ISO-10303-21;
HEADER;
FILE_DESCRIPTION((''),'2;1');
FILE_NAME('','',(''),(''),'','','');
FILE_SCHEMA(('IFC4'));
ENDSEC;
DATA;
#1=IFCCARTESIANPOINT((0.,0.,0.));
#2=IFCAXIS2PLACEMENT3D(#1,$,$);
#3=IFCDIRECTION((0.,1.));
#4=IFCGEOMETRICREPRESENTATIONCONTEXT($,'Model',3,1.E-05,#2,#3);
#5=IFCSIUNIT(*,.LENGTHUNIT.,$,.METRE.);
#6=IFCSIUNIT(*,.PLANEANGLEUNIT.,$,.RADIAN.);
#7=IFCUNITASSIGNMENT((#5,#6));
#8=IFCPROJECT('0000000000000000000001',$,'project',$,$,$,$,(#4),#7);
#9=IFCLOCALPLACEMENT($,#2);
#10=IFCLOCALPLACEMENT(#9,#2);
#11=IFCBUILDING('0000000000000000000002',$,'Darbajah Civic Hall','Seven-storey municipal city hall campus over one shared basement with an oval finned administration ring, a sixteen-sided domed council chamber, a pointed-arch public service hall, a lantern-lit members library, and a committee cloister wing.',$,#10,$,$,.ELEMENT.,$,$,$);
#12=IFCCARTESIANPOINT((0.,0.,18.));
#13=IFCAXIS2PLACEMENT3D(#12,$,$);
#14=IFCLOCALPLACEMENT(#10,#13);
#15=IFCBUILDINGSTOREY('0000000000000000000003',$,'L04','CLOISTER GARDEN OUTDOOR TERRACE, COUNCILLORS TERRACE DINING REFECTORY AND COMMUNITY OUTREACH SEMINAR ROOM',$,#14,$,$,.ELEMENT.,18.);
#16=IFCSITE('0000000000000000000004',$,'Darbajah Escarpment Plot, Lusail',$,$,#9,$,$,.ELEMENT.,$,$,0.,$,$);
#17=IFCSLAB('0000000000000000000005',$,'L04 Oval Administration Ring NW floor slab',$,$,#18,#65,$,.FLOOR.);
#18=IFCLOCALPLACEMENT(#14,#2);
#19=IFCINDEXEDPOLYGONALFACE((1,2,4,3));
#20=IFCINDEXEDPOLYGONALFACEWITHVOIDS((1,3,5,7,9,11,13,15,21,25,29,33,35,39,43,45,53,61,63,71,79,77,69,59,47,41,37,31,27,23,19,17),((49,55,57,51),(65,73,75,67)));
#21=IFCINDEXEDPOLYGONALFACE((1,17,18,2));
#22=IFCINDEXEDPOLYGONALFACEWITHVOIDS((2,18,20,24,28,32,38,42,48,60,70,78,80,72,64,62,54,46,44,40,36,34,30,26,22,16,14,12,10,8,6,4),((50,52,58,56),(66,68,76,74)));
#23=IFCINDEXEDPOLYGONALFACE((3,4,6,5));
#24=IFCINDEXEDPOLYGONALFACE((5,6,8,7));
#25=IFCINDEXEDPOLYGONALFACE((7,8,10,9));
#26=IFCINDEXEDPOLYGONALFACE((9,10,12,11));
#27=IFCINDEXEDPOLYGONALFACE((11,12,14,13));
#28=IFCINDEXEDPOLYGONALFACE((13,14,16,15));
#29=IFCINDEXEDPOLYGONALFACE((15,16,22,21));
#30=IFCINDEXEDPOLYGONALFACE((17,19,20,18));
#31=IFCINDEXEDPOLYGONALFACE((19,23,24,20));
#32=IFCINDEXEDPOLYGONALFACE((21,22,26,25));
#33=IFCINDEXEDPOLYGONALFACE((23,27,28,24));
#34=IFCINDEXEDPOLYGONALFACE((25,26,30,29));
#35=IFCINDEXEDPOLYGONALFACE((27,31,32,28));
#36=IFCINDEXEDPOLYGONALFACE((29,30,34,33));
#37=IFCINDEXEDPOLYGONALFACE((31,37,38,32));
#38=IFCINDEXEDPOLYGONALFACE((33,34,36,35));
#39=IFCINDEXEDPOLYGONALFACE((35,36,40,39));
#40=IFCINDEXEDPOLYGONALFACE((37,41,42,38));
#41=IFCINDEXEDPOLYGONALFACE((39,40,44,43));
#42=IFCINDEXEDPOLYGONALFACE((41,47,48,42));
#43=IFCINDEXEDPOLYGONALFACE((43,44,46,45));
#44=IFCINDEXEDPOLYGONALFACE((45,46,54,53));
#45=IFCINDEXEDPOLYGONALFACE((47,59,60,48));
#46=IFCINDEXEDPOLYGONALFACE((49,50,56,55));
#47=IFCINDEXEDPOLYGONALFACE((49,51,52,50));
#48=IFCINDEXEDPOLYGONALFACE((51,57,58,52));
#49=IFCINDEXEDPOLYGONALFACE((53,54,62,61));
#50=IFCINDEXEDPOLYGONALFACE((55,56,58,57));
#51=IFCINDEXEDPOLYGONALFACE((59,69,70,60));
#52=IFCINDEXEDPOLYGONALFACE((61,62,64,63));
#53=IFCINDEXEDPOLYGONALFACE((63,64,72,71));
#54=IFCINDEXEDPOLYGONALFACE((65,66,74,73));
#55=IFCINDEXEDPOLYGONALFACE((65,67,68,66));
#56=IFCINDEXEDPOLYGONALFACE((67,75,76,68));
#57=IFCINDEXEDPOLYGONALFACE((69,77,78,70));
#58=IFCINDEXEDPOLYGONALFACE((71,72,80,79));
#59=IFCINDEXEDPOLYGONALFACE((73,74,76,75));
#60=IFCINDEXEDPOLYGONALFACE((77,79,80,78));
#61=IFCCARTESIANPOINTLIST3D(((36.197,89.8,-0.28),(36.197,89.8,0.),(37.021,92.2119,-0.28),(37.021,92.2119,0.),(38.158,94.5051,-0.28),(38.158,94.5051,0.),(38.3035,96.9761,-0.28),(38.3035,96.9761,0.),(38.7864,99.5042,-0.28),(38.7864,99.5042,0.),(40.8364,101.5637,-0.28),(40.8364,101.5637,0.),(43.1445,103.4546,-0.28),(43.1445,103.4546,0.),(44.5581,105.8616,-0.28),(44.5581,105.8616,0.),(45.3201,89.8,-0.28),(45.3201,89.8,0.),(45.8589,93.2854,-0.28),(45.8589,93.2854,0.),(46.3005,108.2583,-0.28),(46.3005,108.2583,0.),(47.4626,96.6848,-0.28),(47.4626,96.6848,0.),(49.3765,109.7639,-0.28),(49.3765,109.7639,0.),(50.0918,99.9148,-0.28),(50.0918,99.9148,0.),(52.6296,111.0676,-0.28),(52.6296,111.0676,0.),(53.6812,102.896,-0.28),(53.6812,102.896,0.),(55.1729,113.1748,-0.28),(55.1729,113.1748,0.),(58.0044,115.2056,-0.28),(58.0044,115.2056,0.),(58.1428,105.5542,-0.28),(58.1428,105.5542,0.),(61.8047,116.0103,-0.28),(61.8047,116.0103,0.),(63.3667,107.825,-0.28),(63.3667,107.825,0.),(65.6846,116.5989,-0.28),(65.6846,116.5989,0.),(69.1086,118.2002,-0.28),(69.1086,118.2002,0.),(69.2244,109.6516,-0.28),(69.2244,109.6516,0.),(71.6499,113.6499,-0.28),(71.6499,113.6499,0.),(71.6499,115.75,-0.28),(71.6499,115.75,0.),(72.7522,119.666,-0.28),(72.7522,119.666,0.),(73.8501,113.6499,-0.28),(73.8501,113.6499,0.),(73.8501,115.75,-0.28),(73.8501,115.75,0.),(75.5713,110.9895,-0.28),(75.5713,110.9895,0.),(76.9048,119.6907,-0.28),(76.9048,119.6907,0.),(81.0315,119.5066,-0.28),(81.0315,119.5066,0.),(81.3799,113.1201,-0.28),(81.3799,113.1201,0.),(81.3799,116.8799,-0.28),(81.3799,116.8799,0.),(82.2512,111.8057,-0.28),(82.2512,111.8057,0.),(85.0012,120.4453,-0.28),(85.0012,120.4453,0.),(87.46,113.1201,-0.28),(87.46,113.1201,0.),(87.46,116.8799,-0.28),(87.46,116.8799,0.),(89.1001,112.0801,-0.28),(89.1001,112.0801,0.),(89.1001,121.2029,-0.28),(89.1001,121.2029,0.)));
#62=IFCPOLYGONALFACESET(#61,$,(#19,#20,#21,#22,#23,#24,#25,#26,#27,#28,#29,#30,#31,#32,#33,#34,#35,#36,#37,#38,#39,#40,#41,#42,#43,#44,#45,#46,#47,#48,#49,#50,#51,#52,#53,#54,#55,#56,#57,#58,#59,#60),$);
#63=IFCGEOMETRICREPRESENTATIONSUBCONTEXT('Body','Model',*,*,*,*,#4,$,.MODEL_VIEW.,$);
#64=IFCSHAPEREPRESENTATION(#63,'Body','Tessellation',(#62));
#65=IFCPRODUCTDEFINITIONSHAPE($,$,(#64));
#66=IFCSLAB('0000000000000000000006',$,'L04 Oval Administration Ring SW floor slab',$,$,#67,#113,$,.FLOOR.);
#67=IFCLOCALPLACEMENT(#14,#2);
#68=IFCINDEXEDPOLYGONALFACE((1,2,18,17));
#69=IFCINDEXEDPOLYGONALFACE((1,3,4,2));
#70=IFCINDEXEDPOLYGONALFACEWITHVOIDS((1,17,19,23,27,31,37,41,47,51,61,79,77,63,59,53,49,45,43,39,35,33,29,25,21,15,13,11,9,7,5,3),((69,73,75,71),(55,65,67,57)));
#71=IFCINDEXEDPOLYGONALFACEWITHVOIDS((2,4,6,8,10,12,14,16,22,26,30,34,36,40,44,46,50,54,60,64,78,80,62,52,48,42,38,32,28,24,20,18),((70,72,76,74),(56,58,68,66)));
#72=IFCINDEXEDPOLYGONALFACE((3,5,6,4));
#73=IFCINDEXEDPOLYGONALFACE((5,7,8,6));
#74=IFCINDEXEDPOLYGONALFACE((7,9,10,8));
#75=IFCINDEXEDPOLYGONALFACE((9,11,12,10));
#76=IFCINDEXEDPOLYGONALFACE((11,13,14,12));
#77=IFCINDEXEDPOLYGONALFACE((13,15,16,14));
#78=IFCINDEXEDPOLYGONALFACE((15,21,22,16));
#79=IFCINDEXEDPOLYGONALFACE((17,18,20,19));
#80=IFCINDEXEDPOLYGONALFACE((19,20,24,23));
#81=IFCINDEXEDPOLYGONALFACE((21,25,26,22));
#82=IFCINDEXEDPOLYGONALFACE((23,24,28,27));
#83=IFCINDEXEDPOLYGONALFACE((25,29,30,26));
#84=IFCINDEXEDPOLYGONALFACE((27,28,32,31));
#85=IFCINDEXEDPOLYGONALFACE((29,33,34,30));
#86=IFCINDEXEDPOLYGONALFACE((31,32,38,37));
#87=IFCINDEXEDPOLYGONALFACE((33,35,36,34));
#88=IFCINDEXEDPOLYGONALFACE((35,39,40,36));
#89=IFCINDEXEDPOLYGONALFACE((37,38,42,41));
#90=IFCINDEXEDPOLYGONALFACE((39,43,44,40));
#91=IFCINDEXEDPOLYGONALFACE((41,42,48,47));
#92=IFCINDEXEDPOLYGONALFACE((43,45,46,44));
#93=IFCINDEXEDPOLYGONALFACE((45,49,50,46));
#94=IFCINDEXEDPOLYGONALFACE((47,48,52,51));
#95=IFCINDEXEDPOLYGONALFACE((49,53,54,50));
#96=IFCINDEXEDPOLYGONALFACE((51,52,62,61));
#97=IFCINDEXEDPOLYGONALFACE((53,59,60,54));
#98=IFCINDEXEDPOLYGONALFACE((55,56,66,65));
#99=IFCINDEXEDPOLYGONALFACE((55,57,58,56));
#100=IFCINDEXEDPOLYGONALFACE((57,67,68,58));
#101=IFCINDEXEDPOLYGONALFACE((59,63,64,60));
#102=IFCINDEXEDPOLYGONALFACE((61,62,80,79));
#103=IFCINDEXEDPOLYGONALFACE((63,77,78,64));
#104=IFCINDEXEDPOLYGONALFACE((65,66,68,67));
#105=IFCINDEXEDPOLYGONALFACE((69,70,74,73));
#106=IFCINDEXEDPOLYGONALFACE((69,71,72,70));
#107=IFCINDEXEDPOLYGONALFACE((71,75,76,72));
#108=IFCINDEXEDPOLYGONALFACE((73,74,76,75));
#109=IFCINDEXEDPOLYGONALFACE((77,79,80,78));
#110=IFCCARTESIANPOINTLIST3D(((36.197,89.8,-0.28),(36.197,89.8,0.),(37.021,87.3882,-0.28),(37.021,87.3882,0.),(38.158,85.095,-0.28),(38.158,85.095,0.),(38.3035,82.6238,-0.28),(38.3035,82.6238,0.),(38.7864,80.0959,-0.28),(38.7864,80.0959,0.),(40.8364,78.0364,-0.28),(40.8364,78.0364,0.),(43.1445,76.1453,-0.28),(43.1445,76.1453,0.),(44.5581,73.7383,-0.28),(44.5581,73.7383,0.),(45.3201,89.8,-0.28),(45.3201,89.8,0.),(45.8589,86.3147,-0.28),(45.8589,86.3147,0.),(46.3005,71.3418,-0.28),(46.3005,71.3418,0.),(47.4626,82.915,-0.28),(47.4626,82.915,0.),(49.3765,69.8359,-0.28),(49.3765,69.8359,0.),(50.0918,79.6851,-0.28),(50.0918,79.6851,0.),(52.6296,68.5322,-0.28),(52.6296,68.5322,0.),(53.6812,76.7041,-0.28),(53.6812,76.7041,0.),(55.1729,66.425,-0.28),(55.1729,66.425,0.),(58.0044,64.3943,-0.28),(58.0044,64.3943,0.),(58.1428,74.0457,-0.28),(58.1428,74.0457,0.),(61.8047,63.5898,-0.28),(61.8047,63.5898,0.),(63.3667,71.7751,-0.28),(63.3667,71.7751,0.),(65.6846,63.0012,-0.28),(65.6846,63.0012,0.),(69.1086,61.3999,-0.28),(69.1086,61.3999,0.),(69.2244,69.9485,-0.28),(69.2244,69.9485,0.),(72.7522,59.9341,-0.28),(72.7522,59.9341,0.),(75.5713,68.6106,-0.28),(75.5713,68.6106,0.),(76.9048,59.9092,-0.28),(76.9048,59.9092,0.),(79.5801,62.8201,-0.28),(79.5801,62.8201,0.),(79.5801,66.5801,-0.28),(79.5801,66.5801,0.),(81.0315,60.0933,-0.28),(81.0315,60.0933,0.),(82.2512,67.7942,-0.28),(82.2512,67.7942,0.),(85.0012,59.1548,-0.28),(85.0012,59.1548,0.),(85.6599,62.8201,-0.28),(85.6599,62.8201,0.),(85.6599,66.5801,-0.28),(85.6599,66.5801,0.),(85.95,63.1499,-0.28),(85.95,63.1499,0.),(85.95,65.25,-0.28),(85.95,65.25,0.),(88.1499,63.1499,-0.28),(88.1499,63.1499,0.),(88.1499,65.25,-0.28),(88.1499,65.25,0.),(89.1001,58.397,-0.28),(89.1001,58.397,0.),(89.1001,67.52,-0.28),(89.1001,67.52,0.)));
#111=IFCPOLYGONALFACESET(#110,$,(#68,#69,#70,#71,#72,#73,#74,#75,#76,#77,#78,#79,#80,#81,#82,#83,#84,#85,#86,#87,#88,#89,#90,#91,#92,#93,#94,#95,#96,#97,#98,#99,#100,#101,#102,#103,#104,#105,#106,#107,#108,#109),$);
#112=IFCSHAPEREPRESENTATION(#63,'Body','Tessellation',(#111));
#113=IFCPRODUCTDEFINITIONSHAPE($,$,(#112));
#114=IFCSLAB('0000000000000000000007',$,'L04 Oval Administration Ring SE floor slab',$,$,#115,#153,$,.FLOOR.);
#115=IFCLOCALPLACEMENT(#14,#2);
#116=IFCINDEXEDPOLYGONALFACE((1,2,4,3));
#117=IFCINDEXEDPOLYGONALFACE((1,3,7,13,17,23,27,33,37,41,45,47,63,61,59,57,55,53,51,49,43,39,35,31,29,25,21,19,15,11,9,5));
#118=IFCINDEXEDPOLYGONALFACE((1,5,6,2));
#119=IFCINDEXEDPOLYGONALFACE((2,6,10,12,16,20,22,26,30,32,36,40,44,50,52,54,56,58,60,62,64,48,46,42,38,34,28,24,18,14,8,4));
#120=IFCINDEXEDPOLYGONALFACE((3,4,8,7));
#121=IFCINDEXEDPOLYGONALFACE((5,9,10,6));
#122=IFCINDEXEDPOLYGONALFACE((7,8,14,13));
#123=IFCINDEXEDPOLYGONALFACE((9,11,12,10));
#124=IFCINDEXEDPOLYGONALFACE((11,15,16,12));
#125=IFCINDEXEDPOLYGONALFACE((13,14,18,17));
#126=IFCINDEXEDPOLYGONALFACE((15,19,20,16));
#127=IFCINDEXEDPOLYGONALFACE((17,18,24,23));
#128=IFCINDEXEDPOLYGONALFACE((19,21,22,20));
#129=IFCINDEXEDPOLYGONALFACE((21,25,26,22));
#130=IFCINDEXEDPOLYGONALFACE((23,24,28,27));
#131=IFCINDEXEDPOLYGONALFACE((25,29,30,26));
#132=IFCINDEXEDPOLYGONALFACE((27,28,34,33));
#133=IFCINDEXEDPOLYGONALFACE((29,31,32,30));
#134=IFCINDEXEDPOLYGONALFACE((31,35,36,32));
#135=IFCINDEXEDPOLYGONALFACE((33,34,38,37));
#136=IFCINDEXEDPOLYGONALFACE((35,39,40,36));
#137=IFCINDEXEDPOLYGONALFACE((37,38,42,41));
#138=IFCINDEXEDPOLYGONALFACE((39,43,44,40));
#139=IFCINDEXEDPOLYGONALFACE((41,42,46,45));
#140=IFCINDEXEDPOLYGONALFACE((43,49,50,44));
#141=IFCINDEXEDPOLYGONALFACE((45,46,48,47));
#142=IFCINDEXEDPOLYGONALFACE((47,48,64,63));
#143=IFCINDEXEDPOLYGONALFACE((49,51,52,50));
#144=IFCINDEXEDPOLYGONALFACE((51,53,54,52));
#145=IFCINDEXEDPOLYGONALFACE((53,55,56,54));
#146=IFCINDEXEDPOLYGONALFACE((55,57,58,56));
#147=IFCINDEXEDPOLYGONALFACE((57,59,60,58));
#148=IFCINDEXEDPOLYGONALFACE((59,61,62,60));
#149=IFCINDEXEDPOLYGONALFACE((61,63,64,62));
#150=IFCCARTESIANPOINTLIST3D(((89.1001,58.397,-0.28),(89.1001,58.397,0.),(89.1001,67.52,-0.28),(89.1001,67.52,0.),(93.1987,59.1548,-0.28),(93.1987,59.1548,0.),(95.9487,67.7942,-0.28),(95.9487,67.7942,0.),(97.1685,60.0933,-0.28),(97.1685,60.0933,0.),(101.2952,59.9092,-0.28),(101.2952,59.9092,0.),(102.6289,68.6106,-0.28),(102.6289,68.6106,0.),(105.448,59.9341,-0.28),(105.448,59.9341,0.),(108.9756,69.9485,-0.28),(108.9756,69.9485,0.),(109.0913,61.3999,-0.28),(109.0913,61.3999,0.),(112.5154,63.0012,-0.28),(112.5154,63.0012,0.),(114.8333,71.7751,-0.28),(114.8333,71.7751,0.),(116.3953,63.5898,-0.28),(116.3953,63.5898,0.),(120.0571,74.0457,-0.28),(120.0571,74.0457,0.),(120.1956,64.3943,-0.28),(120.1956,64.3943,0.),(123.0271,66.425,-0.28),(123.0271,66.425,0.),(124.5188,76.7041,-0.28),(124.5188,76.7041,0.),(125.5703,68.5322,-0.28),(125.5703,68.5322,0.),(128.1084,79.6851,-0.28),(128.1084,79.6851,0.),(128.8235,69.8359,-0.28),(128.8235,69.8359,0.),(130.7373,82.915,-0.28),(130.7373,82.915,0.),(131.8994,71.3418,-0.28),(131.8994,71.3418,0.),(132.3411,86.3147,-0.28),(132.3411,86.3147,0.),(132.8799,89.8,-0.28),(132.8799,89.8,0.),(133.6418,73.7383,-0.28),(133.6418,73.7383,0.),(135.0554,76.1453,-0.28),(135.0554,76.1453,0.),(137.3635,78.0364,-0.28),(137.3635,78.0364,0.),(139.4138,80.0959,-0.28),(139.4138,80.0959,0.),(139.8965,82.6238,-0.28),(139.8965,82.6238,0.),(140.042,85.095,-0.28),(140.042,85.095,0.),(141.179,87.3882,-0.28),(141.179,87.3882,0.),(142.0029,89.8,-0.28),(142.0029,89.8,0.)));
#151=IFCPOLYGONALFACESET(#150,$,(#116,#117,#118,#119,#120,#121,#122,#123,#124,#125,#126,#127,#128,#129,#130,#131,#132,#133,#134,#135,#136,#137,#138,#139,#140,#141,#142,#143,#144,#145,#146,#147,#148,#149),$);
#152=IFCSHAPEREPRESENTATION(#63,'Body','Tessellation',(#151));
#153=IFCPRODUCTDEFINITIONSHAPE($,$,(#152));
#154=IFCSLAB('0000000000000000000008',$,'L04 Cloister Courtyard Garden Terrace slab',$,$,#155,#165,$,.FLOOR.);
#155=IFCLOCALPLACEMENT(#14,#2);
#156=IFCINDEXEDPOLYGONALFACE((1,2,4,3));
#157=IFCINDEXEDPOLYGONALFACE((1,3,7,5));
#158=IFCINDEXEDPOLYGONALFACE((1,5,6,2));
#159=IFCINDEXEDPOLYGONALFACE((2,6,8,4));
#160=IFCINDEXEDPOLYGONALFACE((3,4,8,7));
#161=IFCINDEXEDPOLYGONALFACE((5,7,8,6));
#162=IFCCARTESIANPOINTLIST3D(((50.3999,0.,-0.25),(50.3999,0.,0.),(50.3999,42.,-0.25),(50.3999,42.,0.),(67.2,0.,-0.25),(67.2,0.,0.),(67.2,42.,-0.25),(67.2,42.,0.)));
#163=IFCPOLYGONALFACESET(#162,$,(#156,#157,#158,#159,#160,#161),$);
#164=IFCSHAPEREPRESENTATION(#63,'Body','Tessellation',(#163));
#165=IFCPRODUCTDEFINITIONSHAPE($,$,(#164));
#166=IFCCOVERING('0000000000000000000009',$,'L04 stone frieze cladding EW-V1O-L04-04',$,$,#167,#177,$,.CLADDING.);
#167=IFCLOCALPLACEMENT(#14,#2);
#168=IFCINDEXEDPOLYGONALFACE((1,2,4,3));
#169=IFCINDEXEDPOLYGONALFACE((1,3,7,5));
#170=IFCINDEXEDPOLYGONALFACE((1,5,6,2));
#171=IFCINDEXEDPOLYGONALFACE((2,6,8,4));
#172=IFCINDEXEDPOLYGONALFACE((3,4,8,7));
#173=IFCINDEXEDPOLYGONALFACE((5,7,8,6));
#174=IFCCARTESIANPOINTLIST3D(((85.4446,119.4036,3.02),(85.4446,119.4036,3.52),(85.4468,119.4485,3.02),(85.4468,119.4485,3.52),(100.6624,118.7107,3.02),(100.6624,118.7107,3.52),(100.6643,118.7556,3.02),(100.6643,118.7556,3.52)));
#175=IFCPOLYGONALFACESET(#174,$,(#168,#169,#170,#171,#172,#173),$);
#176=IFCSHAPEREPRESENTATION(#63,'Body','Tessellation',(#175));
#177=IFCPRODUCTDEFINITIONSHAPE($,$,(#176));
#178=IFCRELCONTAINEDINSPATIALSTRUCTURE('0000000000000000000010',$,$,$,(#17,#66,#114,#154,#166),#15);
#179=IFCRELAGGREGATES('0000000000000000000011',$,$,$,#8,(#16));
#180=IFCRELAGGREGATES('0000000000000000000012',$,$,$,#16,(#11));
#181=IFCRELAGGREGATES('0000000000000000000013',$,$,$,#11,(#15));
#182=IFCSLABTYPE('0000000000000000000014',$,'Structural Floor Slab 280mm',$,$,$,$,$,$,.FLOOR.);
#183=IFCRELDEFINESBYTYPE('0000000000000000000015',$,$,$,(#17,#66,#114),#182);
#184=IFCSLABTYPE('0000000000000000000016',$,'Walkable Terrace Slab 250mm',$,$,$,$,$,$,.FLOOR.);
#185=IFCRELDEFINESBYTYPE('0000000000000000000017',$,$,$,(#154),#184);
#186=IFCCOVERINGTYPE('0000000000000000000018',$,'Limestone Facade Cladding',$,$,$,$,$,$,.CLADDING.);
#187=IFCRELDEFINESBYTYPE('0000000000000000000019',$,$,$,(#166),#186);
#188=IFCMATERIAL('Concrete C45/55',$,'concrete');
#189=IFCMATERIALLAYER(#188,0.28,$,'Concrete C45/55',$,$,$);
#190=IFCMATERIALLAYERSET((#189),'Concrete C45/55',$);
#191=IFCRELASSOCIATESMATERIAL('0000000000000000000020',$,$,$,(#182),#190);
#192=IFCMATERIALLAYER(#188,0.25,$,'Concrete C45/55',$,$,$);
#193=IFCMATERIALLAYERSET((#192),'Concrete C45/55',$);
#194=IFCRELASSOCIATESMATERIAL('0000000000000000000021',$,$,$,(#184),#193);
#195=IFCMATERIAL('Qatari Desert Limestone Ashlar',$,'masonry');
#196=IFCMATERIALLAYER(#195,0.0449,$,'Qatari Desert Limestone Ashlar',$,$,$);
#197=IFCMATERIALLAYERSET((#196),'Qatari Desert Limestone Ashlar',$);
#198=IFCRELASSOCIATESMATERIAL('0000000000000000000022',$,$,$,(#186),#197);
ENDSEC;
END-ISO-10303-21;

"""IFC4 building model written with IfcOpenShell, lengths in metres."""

from ifc_helpers import new_model, si_unit, direction, frame, origin, place, context, subcontext, project, spatial, polyline, outline, extrude, material, layer, layer_set, type_object, element, save


model = new_model("IFC4")

# Units and contexts
model_context = context("Model", 3, precision=1e-05, world=origin(), true_north=direction((0.0, 1.0)))
body_context = subcontext(model_context, "Body", "Model", "MODEL_VIEW")
ifc_project = project(units=[si_unit("LENGTHUNIT", "METRE"), si_unit("PLANEANGLEUNIT", "RADIAN")], contexts=[model_context])

# Site, building, storey
site_placement = place(None, origin())
site = spatial("IfcSite", under=ifc_project, at=site_placement, Name="Darbajah Escarpment Plot, Lusail", CompositionType="ELEMENT", RefElevation=0.0)
building_placement = place(site_placement, origin())
building = spatial("IfcBuilding", under=site, at=building_placement, Name="Darbajah Civic Hall", Description="Seven-storey municipal city hall campus over one shared basement with an oval finned administration ring, a sixteen-sided domed council chamber, a pointed-arch public service hall, a lantern-lit members library, and a committee cloister wing.", CompositionType="ELEMENT")
storey_placement = place(building_placement, frame((0.0, 0.0, 18.0)))
storey = spatial("IfcBuildingStorey", under=building, at=storey_placement, Name="L04", Description="CLOISTER GARDEN OUTDOOR TERRACE, COUNCILLORS TERRACE DINING REFECTORY AND COMMUNITY OUTREACH SEMINAR ROOM", CompositionType="ELEMENT", Elevation=18.0)

# Slabs
ifc_material_1 = material(Name="Concrete C45/55", Category="concrete")
ifc_layer_1 = layer(ifc_material_1, 0.28, Name="Concrete C45/55")
ifc_layer_set_1 = layer_set([ifc_layer_1], Name="Concrete C45/55")
slab_type_1 = type_object("IfcSlabType", Name="Structural Floor Slab 280mm", PredefinedType="FLOOR", material=ifc_layer_set_1)
slab_1_placement = place(storey_placement, frame((0.0, 0.0, -0.28)))
element("IfcSlab", 1, at=slab_1_placement, inside=storey, type_object=slab_type_1, Name="L04 Oval Administration Ring NW floor slab", PredefinedType="FLOOR", context=body_context, shape_type="SweptSolid", body=[
    extrude(outline(polyline([(89.1001, 121.2029), (85.0012, 120.4453), (81.0315, 119.5066), (76.9048, 119.6907), (72.7522, 119.666), (69.1086, 118.2002), (65.6846, 116.5989), (61.8047, 116.0103), (58.0044, 115.2056), (55.1729, 113.1748), (52.6296, 111.0676), (49.3765, 109.7639), (46.3005, 108.2583), (44.5581, 105.8616), (43.1445, 103.4546), (40.8364, 101.5637), (38.7864, 99.5042), (38.3035, 96.9761), (38.158, 94.5051), (37.021, 92.2119), (36.197, 89.8), (45.3201, 89.8), (45.8589, 93.2854), (47.4626, 96.6848), (50.0918, 99.9148), (53.6812, 102.896), (58.1428, 105.5542), (63.3667, 107.825), (69.2244, 109.6516), (75.5713, 110.9895), (82.2512, 111.8057), (89.1001, 112.0801), (89.1001, 121.2029)]), holes=[polyline([(81.3799, 116.8799), (87.46, 116.8799), (87.46, 113.1201), (81.3799, 113.1201), (81.3799, 116.8799)]), polyline([(71.6499, 115.75), (73.8501, 115.75), (73.8501, 113.6499), (71.6499, 113.6499), (71.6499, 115.75)])]), origin(), (0.0, 0.0, 1.0), 0.28),
])
slab_2_placement = place(storey_placement, frame((0.0, 0.0, -0.28)))
element("IfcSlab", 2, at=slab_2_placement, inside=storey, type_object=slab_type_1, Name="L04 Oval Administration Ring SW floor slab", PredefinedType="FLOOR", context=body_context, shape_type="SweptSolid", body=[
    extrude(outline(polyline([(36.197, 89.8), (37.021, 87.3882), (38.158, 85.095), (38.3035, 82.6238), (38.7864, 80.0959), (40.8364, 78.0364), (43.1445, 76.1453), (44.5581, 73.7383), (46.3005, 71.3418), (49.3765, 69.8359), (52.6296, 68.5322), (55.1729, 66.425), (58.0044, 64.3943), (61.8047, 63.5898), (65.6846, 63.0012), (69.1086, 61.3999), (72.7522, 59.9341), (76.9048, 59.9092), (81.0315, 60.0933), (85.0012, 59.1548), (89.1001, 58.397), (89.1001, 67.52), (82.2512, 67.7942), (75.5713, 68.6106), (69.2244, 69.9485), (63.3667, 71.7751), (58.1428, 74.0457), (53.6812, 76.7041), (50.0918, 79.6851), (47.4626, 82.915), (45.8589, 86.3147), (45.3201, 89.8), (36.197, 89.8)]), holes=[polyline([(79.5801, 66.5801), (85.6599, 66.5801), (85.6599, 62.8201), (79.5801, 62.8201), (79.5801, 66.5801)]), polyline([(85.95, 65.25), (88.1499, 65.25), (88.1499, 63.1499), (85.95, 63.1499), (85.95, 65.25)])]), origin(), (0.0, 0.0, 1.0), 0.28),
])
slab_3_placement = place(storey_placement, frame((0.0, 0.0, -0.28)))
element("IfcSlab", 3, at=slab_3_placement, inside=storey, type_object=slab_type_1, Name="L04 Oval Administration Ring SE floor slab", PredefinedType="FLOOR", context=body_context, shape_type="SweptSolid", body=[
    extrude(outline(polyline([(89.1001, 58.397), (93.1987, 59.1548), (97.1685, 60.0933), (101.2952, 59.9092), (105.448, 59.9341), (109.0913, 61.3999), (112.5154, 63.0012), (116.3953, 63.5898), (120.1956, 64.3943), (123.0271, 66.425), (125.5703, 68.5322), (128.8235, 69.8359), (131.8994, 71.3418), (133.6418, 73.7383), (135.0554, 76.1453), (137.3635, 78.0364), (139.4138, 80.0959), (139.8965, 82.6238), (140.042, 85.095), (141.179, 87.3882), (142.0029, 89.8), (132.8799, 89.8), (132.3411, 86.3147), (130.7373, 82.915), (128.1084, 79.6851), (124.5188, 76.7041), (120.0571, 74.0457), (114.8333, 71.7751), (108.9756, 69.9485), (102.6289, 68.6106), (95.9487, 67.7942), (89.1001, 67.52), (89.1001, 58.397)])), origin(), (0.0, 0.0, 1.0), 0.28),
])
ifc_layer_2 = layer(ifc_material_1, 0.25, Name="Concrete C45/55")
ifc_layer_set_2 = layer_set([ifc_layer_2], Name="Concrete C45/55")
slab_type_2 = type_object("IfcSlabType", Name="Walkable Terrace Slab 250mm", PredefinedType="FLOOR", material=ifc_layer_set_2)
slab_4_placement = place(storey_placement, frame((0.0, 0.0, -0.25)))
element("IfcSlab", 4, at=slab_4_placement, inside=storey, type_object=slab_type_2, Name="L04 Cloister Courtyard Garden Terrace slab", PredefinedType="FLOOR", context=body_context, shape_type="SweptSolid", body=[
    extrude(outline(polyline([(50.3999, 0.0), (67.2, 0.0), (67.2, 42.0), (50.3999, 42.0), (50.3999, 0.0)])), origin(), (0.0, 0.0, 1.0), 0.25),
])

# Covering
ifc_material_2 = material(Name="Qatari Desert Limestone Ashlar", Category="masonry")
ifc_layer_3 = layer(ifc_material_2, 0.0449, Name="Qatari Desert Limestone Ashlar")
ifc_layer_set_3 = layer_set([ifc_layer_3], Name="Qatari Desert Limestone Ashlar")
covering_type = type_object("IfcCoveringType", Name="Limestone Facade Cladding", PredefinedType="CLADDING", material=ifc_layer_set_3)
covering_1_placement = place(storey_placement, frame((0.0, 0.0, 3.02)))
element("IfcCovering", 5, at=covering_1_placement, inside=storey, type_object=covering_type, Name="L04 stone frieze cladding EW-V1O-L04-04", PredefinedType="CLADDING", context=body_context, shape_type="SweptSolid", body=[
    extrude(outline(polyline([(100.6624, 118.7107), (85.4446, 119.4036), (85.4468, 119.4485), (100.6643, 118.7556), (100.6624, 118.7107)])), origin(), (0.0, 0.0, 1.0), 0.5),
])

save(model, "model.ifc")
